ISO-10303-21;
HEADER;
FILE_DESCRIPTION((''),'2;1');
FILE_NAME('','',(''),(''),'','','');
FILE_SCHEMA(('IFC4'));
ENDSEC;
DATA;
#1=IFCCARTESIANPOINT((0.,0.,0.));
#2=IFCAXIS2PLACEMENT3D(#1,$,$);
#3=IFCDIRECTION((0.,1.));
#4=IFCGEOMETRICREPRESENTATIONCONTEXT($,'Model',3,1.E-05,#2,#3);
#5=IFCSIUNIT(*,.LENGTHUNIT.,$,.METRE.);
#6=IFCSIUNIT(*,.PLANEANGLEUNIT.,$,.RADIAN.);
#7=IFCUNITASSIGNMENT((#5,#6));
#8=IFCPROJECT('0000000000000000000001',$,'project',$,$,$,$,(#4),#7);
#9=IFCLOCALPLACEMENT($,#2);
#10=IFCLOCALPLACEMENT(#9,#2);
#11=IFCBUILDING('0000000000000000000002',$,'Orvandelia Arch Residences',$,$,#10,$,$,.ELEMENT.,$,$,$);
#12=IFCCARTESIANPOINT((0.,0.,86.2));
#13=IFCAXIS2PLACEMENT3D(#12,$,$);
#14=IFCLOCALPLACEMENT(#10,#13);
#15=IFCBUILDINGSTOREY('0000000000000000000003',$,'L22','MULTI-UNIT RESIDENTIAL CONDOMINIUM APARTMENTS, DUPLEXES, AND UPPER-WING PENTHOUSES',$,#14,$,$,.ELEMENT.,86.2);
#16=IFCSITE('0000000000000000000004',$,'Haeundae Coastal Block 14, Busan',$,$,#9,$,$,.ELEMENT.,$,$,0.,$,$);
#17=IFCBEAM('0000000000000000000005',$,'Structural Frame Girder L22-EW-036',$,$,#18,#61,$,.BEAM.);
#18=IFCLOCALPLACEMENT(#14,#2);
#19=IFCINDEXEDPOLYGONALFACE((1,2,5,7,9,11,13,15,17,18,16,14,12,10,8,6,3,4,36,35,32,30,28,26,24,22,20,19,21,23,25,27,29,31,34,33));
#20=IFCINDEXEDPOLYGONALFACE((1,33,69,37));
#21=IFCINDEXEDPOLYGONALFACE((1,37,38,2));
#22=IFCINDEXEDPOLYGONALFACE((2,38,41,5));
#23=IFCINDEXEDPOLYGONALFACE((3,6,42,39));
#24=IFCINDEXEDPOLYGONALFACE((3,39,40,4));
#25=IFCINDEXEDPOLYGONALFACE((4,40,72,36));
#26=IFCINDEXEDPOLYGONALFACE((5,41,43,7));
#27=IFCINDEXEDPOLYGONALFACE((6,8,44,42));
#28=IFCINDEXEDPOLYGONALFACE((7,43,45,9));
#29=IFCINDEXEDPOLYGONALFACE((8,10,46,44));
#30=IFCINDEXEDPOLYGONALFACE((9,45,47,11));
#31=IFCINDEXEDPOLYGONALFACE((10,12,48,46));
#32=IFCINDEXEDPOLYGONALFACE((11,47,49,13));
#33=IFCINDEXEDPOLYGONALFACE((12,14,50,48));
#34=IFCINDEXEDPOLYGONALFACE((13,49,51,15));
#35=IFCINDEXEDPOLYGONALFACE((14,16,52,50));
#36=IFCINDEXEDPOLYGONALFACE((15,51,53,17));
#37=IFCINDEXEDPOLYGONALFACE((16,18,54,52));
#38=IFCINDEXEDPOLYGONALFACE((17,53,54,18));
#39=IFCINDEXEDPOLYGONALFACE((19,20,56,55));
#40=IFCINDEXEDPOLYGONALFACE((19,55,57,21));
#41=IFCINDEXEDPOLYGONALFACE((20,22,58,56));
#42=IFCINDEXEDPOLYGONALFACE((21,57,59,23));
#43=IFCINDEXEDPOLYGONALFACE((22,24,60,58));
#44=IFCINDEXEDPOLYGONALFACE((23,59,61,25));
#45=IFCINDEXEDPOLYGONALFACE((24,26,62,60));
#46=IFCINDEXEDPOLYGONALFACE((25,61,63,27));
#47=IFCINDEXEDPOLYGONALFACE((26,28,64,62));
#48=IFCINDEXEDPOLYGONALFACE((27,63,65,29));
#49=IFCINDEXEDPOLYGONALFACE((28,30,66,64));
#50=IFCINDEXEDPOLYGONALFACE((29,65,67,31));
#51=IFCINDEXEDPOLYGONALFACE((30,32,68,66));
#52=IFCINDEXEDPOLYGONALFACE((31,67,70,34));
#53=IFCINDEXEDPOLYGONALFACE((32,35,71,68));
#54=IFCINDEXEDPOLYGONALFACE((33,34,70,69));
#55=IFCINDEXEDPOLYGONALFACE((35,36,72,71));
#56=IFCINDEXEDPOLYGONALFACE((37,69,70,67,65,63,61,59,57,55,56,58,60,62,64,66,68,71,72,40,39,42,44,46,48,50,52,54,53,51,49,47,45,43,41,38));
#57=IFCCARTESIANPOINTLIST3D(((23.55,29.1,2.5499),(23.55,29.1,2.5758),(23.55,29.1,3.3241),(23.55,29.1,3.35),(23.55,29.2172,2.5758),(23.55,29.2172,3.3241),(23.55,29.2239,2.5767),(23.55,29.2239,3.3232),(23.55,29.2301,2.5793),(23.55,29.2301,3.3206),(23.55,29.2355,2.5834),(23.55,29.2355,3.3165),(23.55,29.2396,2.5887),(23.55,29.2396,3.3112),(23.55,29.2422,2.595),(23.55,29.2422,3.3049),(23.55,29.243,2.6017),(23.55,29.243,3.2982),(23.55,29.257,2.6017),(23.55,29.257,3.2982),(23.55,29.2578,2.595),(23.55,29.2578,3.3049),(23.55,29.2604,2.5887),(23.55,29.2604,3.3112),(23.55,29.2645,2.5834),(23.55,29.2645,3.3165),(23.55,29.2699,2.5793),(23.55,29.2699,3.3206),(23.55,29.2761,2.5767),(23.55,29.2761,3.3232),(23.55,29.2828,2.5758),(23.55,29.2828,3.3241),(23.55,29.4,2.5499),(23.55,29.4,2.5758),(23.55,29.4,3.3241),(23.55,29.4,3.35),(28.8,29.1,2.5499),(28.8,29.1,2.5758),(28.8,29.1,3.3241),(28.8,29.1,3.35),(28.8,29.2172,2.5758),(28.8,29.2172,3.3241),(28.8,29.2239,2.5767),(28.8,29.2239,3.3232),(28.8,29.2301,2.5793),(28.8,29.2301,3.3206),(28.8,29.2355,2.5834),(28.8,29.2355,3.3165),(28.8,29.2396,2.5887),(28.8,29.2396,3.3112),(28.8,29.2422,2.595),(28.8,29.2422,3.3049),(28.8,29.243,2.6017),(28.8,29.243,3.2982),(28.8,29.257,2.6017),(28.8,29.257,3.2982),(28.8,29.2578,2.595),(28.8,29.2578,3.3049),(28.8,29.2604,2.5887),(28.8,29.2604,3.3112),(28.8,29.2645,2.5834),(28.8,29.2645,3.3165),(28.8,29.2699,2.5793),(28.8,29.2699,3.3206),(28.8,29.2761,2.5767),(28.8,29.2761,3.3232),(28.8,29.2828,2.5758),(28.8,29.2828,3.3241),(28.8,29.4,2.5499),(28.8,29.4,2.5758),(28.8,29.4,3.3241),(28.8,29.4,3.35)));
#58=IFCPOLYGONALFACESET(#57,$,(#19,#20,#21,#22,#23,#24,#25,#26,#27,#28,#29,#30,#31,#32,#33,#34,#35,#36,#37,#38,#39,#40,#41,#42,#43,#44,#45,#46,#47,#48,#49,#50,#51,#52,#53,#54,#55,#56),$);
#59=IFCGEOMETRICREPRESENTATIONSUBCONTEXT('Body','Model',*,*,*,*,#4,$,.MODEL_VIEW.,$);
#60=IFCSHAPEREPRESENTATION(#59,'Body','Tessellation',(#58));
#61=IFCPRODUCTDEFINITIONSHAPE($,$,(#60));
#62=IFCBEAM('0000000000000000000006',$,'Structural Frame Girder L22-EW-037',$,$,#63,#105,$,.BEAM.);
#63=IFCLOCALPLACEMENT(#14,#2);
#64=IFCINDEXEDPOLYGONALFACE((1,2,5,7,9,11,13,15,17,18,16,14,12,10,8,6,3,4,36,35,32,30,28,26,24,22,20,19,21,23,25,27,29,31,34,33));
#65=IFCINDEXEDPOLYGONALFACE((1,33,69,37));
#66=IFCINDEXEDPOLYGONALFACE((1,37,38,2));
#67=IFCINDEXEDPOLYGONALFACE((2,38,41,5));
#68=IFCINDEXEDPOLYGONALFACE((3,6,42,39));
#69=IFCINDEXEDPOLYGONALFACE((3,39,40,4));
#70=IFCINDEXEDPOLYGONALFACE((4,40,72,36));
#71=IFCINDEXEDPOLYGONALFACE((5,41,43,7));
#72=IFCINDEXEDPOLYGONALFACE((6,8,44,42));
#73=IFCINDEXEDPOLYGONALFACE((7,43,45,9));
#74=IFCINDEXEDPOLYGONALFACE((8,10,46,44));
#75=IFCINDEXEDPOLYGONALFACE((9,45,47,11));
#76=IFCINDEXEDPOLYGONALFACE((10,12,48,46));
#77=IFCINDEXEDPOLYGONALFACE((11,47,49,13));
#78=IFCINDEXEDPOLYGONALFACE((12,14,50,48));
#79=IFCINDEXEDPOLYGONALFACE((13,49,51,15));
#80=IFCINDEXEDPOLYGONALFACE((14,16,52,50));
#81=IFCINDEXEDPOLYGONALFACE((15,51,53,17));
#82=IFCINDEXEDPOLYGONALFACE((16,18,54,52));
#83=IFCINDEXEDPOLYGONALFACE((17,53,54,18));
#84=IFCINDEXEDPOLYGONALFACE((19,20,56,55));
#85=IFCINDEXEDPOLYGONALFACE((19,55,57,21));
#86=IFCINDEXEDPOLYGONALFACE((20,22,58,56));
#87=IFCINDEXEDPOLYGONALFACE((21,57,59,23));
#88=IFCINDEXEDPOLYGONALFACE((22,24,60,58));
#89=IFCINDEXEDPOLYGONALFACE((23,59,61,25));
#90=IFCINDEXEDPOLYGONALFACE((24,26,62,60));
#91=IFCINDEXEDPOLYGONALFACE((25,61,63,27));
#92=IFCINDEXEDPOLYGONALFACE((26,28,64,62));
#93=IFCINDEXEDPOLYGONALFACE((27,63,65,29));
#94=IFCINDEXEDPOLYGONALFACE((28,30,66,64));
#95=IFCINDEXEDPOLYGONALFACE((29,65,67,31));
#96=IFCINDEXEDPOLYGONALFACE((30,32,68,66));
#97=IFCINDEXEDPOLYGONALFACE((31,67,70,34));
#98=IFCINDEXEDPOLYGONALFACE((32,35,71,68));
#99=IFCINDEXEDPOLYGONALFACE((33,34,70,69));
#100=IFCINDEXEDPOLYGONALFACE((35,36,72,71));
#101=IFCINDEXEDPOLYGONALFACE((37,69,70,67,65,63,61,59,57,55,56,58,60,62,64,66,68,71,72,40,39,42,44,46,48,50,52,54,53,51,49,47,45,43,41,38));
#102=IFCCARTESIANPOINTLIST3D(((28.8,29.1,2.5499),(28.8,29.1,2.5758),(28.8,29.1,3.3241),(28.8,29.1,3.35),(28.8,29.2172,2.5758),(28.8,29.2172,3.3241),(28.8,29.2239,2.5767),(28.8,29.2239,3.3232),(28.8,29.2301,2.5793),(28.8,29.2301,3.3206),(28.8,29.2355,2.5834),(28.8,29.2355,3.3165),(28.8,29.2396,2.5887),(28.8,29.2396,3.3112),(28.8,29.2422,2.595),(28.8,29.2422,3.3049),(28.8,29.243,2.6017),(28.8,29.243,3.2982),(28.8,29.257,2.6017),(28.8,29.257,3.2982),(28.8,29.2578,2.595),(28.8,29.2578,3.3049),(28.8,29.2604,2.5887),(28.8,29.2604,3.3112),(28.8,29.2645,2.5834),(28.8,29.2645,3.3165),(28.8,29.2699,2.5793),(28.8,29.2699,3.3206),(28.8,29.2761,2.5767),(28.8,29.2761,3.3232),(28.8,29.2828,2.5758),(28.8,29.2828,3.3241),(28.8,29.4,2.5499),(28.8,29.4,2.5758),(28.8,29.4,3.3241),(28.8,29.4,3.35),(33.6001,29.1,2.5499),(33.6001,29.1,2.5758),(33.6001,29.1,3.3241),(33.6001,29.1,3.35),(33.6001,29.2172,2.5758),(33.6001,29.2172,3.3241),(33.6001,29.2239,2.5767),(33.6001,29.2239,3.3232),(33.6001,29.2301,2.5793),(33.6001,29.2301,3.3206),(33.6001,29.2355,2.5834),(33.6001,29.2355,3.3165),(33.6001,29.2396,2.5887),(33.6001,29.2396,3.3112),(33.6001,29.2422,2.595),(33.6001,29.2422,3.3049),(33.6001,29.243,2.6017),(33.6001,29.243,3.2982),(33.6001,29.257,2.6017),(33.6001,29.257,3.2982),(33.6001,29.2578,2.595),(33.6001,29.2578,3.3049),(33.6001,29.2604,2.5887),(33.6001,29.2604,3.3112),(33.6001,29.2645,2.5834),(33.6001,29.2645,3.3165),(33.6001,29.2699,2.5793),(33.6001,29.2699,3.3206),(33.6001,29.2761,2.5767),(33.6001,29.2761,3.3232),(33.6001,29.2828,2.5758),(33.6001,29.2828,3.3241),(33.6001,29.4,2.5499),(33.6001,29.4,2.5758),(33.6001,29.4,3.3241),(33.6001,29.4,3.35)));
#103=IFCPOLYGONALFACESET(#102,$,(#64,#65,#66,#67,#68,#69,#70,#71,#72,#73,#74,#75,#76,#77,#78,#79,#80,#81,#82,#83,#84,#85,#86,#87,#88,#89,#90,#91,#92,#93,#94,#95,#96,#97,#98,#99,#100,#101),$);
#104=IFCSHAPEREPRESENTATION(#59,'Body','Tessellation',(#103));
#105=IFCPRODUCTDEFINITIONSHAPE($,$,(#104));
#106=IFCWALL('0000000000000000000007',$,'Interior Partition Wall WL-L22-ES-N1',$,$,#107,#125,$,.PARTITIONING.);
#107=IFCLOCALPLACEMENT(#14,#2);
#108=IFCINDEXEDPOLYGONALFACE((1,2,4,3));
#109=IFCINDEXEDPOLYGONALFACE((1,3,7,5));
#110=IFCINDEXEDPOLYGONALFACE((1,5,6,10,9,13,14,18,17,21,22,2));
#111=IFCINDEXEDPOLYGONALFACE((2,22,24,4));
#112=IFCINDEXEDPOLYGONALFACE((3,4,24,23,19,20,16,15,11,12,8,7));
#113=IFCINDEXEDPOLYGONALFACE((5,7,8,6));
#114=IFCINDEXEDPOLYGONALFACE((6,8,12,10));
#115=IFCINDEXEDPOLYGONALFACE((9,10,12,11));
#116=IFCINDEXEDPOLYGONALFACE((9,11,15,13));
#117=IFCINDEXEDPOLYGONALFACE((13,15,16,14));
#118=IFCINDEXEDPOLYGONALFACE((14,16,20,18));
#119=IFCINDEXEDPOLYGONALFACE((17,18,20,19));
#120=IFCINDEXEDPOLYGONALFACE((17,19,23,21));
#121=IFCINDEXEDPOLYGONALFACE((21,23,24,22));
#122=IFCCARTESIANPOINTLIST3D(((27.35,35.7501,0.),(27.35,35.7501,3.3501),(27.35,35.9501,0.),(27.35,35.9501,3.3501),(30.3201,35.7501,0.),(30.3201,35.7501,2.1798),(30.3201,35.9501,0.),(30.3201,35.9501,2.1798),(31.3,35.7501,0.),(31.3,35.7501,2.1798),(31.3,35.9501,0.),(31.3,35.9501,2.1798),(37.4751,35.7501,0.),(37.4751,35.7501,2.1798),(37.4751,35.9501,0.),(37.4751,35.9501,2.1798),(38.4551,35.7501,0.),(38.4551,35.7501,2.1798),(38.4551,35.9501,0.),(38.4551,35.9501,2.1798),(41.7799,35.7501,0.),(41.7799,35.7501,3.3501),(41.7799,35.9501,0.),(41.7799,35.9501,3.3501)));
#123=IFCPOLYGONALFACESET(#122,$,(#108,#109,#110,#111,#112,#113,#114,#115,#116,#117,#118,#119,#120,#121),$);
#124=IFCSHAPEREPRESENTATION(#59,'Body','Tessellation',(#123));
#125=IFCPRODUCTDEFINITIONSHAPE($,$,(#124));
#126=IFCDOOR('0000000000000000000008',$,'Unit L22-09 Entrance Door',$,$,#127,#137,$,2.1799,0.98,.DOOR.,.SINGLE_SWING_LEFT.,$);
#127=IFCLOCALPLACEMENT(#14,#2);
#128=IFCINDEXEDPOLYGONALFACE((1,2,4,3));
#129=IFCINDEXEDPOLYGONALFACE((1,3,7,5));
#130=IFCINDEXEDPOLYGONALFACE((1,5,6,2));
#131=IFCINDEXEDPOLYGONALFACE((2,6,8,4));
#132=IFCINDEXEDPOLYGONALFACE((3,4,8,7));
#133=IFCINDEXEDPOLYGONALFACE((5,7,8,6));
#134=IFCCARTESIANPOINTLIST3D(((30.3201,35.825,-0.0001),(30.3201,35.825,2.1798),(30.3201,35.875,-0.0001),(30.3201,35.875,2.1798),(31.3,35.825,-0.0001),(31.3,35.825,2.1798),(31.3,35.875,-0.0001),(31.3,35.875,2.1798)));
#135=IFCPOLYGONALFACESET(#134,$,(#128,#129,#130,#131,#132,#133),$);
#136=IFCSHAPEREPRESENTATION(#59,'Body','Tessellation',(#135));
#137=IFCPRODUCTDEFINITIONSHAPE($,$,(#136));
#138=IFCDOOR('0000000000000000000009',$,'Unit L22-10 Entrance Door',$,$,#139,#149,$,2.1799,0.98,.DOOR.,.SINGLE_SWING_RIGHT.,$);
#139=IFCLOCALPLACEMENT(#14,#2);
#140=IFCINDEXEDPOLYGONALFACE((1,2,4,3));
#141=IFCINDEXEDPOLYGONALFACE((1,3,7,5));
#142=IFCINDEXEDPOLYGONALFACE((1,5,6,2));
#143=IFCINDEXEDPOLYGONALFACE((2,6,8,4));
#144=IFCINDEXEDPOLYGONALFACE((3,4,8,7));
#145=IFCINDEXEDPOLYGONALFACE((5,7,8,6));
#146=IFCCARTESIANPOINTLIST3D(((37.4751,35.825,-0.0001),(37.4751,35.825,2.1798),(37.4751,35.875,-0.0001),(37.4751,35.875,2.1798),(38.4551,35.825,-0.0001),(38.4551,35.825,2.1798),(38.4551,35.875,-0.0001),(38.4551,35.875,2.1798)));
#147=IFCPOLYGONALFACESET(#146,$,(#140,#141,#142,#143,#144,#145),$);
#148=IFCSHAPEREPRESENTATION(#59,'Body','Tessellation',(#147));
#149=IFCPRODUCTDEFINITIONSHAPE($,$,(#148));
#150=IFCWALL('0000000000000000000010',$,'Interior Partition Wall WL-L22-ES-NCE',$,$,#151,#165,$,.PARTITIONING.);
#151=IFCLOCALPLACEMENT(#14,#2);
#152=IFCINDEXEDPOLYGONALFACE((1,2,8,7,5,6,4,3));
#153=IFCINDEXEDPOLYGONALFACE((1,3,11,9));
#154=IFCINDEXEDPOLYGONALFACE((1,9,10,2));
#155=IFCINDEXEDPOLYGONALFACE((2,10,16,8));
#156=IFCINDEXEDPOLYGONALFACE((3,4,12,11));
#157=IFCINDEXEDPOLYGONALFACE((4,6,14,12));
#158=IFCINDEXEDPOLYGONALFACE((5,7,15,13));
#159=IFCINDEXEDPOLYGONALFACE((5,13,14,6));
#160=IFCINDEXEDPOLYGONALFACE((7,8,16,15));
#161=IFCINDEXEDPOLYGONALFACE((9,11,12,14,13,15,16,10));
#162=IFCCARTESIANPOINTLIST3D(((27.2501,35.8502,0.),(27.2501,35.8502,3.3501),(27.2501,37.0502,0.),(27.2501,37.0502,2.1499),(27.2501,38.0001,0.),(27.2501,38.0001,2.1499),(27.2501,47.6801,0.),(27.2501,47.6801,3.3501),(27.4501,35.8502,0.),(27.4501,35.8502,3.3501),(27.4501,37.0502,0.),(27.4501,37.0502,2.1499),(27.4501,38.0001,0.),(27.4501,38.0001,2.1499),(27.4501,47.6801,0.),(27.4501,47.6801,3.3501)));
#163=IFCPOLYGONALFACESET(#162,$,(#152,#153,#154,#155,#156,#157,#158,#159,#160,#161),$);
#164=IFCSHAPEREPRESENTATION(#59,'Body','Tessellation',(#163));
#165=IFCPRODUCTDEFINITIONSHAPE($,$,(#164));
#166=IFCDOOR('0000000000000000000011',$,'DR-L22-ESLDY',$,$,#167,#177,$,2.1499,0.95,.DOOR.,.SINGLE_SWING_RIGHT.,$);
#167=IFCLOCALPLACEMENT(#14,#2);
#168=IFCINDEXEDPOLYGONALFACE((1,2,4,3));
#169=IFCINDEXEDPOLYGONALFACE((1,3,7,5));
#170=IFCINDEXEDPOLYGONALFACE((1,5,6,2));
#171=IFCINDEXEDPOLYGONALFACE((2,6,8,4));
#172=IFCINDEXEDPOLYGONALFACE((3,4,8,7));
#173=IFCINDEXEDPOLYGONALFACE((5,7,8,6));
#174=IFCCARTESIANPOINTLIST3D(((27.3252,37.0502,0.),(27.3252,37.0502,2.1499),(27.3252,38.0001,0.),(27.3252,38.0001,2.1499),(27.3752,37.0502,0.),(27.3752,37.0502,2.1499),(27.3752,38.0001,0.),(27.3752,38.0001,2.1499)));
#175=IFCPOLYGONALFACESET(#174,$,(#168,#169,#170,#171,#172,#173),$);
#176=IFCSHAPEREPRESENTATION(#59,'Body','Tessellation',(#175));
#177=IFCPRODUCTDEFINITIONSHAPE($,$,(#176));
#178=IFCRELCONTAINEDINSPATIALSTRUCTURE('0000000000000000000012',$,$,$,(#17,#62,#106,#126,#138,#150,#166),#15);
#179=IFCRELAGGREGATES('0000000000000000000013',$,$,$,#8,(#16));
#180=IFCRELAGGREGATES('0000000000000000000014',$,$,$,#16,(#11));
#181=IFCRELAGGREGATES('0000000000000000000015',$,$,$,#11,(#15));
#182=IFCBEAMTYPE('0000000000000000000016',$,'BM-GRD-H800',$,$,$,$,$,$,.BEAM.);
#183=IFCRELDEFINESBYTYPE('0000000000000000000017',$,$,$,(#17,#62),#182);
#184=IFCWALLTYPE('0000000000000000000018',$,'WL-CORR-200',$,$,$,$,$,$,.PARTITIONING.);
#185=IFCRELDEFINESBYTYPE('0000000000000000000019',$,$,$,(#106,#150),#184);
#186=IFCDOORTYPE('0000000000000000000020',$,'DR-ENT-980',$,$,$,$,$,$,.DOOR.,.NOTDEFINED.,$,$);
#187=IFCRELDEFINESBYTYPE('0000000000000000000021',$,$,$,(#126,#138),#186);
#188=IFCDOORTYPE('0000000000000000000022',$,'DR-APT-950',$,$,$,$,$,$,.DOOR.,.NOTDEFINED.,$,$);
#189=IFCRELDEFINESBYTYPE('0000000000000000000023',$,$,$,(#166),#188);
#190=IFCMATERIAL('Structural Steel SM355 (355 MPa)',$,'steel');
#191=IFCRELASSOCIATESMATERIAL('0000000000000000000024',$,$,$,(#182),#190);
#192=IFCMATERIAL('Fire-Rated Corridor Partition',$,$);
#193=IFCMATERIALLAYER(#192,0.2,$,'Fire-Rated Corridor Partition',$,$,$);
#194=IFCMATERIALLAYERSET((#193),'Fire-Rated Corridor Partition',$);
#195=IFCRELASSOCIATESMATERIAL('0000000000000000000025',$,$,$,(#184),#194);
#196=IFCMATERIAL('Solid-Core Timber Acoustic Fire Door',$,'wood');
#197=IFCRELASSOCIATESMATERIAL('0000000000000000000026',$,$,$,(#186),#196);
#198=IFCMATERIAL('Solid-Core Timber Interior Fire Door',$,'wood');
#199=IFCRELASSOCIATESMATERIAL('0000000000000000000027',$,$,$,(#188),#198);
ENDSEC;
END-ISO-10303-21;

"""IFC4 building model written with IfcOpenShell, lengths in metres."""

from ifc_helpers import new_model, si_unit, direction, frame, frame_2d, origin, origin_2d, place, context, subcontext, project, spatial, rectangle, i_section, extrude, material, layer, layer_set, material_profile, profile_set, type_object, element, fill, save


model = new_model("IFC4")

# Units and contexts
model_context = context("Model", 3, precision=1e-05, world=origin(), true_north=direction((0.0, 1.0)))
body_context = subcontext(model_context, "Body", "Model", "MODEL_VIEW")
ifc_project = project(units=[si_unit("LENGTHUNIT", "METRE"), si_unit("PLANEANGLEUNIT", "RADIAN")], contexts=[model_context])

# Site, building, storey
site_placement = place(None, origin())
site = spatial("IfcSite", under=ifc_project, at=site_placement, Name="Haeundae Coastal Block 14, Busan", CompositionType="ELEMENT", RefElevation=0.0)
building_placement = place(site_placement, origin())
building = spatial("IfcBuilding", under=site, at=building_placement, Name="Orvandelia Arch Residences", CompositionType="ELEMENT")
storey_placement = place(building_placement, frame((0.0, 0.0, 86.2)))
storey = spatial("IfcBuildingStorey", under=building, at=storey_placement, Name="L22", Description="MULTI-UNIT RESIDENTIAL CONDOMINIUM APARTMENTS, DUPLEXES, AND UPPER-WING PENTHOUSES", CompositionType="ELEMENT", Elevation=86.2)

# Beams
ifc_material_1 = material(Name="Structural Steel SM355 (355 MPa)", Category="steel")
ifc_material_profile_1 = material_profile(ifc_material_1, i_section(OverallWidth=0.3, OverallDepth=0.8, WebThickness=0.0139, FlangeThickness=0.0259, FilletRadius=0.0259, at=origin_2d()), Name="Structural Steel SM355 (355 MPa)", Category="steel")
ifc_profile_set_1 = profile_set([ifc_material_profile_1], Name="Structural Steel SM355 (355 MPa)")
beam_type = type_object("IfcBeamType", Name="BM-GRD-H800", PredefinedType="BEAM", material=ifc_profile_set_1)
beam_1_placement = place(storey_placement, frame((23.55, 29.25, 2.95), z_axis=(1.0, 0.0, 0.0), x_axis=(0.0, 1.0, 0.0)))
element("IfcBeam", 1, at=beam_1_placement, inside=storey, type_object=beam_type, Name="Structural Frame Girder L22-EW-036", PredefinedType="BEAM", context=body_context, shape_type="SweptSolid", body=[
    extrude(i_section(OverallWidth=0.3, OverallDepth=0.8, WebThickness=0.0139, FlangeThickness=0.0259, FilletRadius=0.0259, at=origin_2d()), origin(), (0.0, 0.0, 1.0), 5.25),
])
beam_2_placement = place(storey_placement, frame((28.8, 29.25, 2.95), z_axis=(1.0, 0.0, 0.0), x_axis=(0.0, 1.0, 0.0)))
element("IfcBeam", 2, at=beam_2_placement, inside=storey, type_object=beam_type, Name="Structural Frame Girder L22-EW-037", PredefinedType="BEAM", context=body_context, shape_type="SweptSolid", body=[
    extrude(i_section(OverallWidth=0.3, OverallDepth=0.8, WebThickness=0.0139, FlangeThickness=0.0259, FilletRadius=0.0259, at=origin_2d()), origin(), (0.0, 0.0, 1.0), 4.8),
])

# Wall, openings, doors
ifc_material_2 = material(Name="Fire-Rated Corridor Partition")
ifc_layer_1 = layer(ifc_material_2, 0.2, Name="Fire-Rated Corridor Partition")
ifc_layer_set_1 = layer_set([ifc_layer_1], Name="Fire-Rated Corridor Partition")
wall_type_1 = type_object("IfcWallType", Name="WL-CORR-200", PredefinedType="PARTITIONING", material=ifc_layer_set_1)
wall_1_placement = place(storey_placement, frame((27.3501, 35.8501, 0.0), z_axis=(0.0, 0.0, 1.0), x_axis=(1.0, 0.0, 0.0)))
wall_1 = element("IfcWall", 3, at=wall_1_placement, inside=storey, type_object=wall_type_1, Name="Interior Partition Wall WL-L22-ES-N1", PredefinedType="PARTITIONING", context=body_context, shape_type="SweptSolid", body=[
    extrude(rectangle(XDim=14.4299, YDim=0.2, at=frame_2d((7.2148, 0.0))), origin(), (0.0, 0.0, 1.0), 3.3501),
])
opening_1_placement = place(wall_1_placement, frame((2.97, 0.0, 0.0)))
opening_1 = element("IfcOpeningElement", 4, at=opening_1_placement, cuts=wall_1, PredefinedType="OPENING", context=body_context, shape_type="SweptSolid", body=[
    extrude(rectangle(XDim=0.98, YDim=2.1799, at=frame_2d((0.49, 1.0898))), frame((0.0, 0.1099, 0.0), z_axis=(0.0, -1.0, 0.0), x_axis=(1.0, 0.0, 0.0)), (0.0, 0.0, 1.0), 0.22),
])
opening_2_placement = place(wall_1_placement, frame((10.125, 0.0, 0.0)))
opening_2 = element("IfcOpeningElement", 5, at=opening_2_placement, cuts=wall_1, PredefinedType="OPENING", context=body_context, shape_type="SweptSolid", body=[
    extrude(rectangle(XDim=0.98, YDim=2.1799, at=frame_2d((0.49, 1.0898))), frame((0.0, 0.1099, 0.0), z_axis=(0.0, -1.0, 0.0), x_axis=(1.0, 0.0, 0.0)), (0.0, 0.0, 1.0), 0.22),
])
ifc_material_3 = material(Name="Solid-Core Timber Acoustic Fire Door", Category="wood")
door_type_1 = type_object("IfcDoorType", Name="DR-ENT-980", OperationType="NOTDEFINED", PredefinedType="DOOR", material=ifc_material_3)
door_1_placement = place(opening_1_placement, origin())
door_1 = element("IfcDoor", 6, at=door_1_placement, inside=storey, type_object=door_type_1, Name="Unit L22-09 Entrance Door", OperationType="SINGLE_SWING_LEFT", OverallHeight=2.1799, OverallWidth=0.98, PredefinedType="DOOR", context=body_context, shape_type="SweptSolid", body=[
    extrude(rectangle(XDim=0.98, YDim=2.1799, at=frame_2d((0.49, 1.0898))), frame((0.0, 0.0249, 0.0), z_axis=(0.0, -1.0, 0.0), x_axis=(1.0, 0.0, 0.0)), (0.0, 0.0, 1.0), 0.05),
])
fill(opening_1, door_1)
door_2_placement = place(opening_2_placement, origin())
door_2 = element("IfcDoor", 7, at=door_2_placement, inside=storey, type_object=door_type_1, Name="Unit L22-10 Entrance Door", OperationType="SINGLE_SWING_RIGHT", OverallHeight=2.1799, OverallWidth=0.98, PredefinedType="DOOR", context=body_context, shape_type="SweptSolid", body=[
    extrude(rectangle(XDim=0.98, YDim=2.1799, at=frame_2d((0.49, 1.0898))), frame((0.0, 0.0249, 0.0), z_axis=(0.0, -1.0, 0.0), x_axis=(1.0, 0.0, 0.0)), (0.0, 0.0, 1.0), 0.05),
])
fill(opening_2, door_2)

# Wall, opening, door
wall_2_placement = place(storey_placement, frame((27.3501, 35.8501, 0.0), z_axis=(0.0, 0.0, 1.0), x_axis=(0.0, 1.0, 0.0)))
wall_2 = element("IfcWall", 8, at=wall_2_placement, inside=storey, type_object=wall_type_1, Name="Interior Partition Wall WL-L22-ES-NCE", PredefinedType="PARTITIONING", context=body_context, shape_type="SweptSolid", body=[
    extrude(rectangle(XDim=11.8298, YDim=0.2, at=frame_2d((5.915, 0.0))), origin(), (0.0, 0.0, 1.0), 3.3501),
])
opening_3_placement = place(wall_2_placement, frame((1.2, 0.0, 0.0)))
opening_3 = element("IfcOpeningElement", 9, at=opening_3_placement, cuts=wall_2, PredefinedType="OPENING", context=body_context, shape_type="SweptSolid", body=[
    extrude(rectangle(XDim=0.95, YDim=2.1499, at=frame_2d((0.4751, 1.075))), frame((0.0, 0.1099, 0.0), z_axis=(0.0, -1.0, 0.0), x_axis=(1.0, 0.0, 0.0)), (0.0, 0.0, 1.0), 0.22),
])
ifc_material_4 = material(Name="Solid-Core Timber Interior Fire Door", Category="wood")
door_type_2 = type_object("IfcDoorType", Name="DR-APT-950", OperationType="NOTDEFINED", PredefinedType="DOOR", material=ifc_material_4)
door_3_placement = place(opening_3_placement, origin())
door_3 = element("IfcDoor", 10, at=door_3_placement, inside=storey, type_object=door_type_2, Name="DR-L22-ESLDY", OperationType="SINGLE_SWING_RIGHT", OverallHeight=2.1499, OverallWidth=0.95, PredefinedType="DOOR", context=body_context, shape_type="SweptSolid", body=[
    extrude(rectangle(XDim=0.95, YDim=2.1499, at=frame_2d((0.4751, 1.075))), frame((0.0, 0.0249, 0.0), z_axis=(0.0, -1.0, 0.0), x_axis=(1.0, 0.0, 0.0)), (0.0, 0.0, 1.0), 0.05),
])
fill(opening_3, door_3)

save(model, "model.ifc")
